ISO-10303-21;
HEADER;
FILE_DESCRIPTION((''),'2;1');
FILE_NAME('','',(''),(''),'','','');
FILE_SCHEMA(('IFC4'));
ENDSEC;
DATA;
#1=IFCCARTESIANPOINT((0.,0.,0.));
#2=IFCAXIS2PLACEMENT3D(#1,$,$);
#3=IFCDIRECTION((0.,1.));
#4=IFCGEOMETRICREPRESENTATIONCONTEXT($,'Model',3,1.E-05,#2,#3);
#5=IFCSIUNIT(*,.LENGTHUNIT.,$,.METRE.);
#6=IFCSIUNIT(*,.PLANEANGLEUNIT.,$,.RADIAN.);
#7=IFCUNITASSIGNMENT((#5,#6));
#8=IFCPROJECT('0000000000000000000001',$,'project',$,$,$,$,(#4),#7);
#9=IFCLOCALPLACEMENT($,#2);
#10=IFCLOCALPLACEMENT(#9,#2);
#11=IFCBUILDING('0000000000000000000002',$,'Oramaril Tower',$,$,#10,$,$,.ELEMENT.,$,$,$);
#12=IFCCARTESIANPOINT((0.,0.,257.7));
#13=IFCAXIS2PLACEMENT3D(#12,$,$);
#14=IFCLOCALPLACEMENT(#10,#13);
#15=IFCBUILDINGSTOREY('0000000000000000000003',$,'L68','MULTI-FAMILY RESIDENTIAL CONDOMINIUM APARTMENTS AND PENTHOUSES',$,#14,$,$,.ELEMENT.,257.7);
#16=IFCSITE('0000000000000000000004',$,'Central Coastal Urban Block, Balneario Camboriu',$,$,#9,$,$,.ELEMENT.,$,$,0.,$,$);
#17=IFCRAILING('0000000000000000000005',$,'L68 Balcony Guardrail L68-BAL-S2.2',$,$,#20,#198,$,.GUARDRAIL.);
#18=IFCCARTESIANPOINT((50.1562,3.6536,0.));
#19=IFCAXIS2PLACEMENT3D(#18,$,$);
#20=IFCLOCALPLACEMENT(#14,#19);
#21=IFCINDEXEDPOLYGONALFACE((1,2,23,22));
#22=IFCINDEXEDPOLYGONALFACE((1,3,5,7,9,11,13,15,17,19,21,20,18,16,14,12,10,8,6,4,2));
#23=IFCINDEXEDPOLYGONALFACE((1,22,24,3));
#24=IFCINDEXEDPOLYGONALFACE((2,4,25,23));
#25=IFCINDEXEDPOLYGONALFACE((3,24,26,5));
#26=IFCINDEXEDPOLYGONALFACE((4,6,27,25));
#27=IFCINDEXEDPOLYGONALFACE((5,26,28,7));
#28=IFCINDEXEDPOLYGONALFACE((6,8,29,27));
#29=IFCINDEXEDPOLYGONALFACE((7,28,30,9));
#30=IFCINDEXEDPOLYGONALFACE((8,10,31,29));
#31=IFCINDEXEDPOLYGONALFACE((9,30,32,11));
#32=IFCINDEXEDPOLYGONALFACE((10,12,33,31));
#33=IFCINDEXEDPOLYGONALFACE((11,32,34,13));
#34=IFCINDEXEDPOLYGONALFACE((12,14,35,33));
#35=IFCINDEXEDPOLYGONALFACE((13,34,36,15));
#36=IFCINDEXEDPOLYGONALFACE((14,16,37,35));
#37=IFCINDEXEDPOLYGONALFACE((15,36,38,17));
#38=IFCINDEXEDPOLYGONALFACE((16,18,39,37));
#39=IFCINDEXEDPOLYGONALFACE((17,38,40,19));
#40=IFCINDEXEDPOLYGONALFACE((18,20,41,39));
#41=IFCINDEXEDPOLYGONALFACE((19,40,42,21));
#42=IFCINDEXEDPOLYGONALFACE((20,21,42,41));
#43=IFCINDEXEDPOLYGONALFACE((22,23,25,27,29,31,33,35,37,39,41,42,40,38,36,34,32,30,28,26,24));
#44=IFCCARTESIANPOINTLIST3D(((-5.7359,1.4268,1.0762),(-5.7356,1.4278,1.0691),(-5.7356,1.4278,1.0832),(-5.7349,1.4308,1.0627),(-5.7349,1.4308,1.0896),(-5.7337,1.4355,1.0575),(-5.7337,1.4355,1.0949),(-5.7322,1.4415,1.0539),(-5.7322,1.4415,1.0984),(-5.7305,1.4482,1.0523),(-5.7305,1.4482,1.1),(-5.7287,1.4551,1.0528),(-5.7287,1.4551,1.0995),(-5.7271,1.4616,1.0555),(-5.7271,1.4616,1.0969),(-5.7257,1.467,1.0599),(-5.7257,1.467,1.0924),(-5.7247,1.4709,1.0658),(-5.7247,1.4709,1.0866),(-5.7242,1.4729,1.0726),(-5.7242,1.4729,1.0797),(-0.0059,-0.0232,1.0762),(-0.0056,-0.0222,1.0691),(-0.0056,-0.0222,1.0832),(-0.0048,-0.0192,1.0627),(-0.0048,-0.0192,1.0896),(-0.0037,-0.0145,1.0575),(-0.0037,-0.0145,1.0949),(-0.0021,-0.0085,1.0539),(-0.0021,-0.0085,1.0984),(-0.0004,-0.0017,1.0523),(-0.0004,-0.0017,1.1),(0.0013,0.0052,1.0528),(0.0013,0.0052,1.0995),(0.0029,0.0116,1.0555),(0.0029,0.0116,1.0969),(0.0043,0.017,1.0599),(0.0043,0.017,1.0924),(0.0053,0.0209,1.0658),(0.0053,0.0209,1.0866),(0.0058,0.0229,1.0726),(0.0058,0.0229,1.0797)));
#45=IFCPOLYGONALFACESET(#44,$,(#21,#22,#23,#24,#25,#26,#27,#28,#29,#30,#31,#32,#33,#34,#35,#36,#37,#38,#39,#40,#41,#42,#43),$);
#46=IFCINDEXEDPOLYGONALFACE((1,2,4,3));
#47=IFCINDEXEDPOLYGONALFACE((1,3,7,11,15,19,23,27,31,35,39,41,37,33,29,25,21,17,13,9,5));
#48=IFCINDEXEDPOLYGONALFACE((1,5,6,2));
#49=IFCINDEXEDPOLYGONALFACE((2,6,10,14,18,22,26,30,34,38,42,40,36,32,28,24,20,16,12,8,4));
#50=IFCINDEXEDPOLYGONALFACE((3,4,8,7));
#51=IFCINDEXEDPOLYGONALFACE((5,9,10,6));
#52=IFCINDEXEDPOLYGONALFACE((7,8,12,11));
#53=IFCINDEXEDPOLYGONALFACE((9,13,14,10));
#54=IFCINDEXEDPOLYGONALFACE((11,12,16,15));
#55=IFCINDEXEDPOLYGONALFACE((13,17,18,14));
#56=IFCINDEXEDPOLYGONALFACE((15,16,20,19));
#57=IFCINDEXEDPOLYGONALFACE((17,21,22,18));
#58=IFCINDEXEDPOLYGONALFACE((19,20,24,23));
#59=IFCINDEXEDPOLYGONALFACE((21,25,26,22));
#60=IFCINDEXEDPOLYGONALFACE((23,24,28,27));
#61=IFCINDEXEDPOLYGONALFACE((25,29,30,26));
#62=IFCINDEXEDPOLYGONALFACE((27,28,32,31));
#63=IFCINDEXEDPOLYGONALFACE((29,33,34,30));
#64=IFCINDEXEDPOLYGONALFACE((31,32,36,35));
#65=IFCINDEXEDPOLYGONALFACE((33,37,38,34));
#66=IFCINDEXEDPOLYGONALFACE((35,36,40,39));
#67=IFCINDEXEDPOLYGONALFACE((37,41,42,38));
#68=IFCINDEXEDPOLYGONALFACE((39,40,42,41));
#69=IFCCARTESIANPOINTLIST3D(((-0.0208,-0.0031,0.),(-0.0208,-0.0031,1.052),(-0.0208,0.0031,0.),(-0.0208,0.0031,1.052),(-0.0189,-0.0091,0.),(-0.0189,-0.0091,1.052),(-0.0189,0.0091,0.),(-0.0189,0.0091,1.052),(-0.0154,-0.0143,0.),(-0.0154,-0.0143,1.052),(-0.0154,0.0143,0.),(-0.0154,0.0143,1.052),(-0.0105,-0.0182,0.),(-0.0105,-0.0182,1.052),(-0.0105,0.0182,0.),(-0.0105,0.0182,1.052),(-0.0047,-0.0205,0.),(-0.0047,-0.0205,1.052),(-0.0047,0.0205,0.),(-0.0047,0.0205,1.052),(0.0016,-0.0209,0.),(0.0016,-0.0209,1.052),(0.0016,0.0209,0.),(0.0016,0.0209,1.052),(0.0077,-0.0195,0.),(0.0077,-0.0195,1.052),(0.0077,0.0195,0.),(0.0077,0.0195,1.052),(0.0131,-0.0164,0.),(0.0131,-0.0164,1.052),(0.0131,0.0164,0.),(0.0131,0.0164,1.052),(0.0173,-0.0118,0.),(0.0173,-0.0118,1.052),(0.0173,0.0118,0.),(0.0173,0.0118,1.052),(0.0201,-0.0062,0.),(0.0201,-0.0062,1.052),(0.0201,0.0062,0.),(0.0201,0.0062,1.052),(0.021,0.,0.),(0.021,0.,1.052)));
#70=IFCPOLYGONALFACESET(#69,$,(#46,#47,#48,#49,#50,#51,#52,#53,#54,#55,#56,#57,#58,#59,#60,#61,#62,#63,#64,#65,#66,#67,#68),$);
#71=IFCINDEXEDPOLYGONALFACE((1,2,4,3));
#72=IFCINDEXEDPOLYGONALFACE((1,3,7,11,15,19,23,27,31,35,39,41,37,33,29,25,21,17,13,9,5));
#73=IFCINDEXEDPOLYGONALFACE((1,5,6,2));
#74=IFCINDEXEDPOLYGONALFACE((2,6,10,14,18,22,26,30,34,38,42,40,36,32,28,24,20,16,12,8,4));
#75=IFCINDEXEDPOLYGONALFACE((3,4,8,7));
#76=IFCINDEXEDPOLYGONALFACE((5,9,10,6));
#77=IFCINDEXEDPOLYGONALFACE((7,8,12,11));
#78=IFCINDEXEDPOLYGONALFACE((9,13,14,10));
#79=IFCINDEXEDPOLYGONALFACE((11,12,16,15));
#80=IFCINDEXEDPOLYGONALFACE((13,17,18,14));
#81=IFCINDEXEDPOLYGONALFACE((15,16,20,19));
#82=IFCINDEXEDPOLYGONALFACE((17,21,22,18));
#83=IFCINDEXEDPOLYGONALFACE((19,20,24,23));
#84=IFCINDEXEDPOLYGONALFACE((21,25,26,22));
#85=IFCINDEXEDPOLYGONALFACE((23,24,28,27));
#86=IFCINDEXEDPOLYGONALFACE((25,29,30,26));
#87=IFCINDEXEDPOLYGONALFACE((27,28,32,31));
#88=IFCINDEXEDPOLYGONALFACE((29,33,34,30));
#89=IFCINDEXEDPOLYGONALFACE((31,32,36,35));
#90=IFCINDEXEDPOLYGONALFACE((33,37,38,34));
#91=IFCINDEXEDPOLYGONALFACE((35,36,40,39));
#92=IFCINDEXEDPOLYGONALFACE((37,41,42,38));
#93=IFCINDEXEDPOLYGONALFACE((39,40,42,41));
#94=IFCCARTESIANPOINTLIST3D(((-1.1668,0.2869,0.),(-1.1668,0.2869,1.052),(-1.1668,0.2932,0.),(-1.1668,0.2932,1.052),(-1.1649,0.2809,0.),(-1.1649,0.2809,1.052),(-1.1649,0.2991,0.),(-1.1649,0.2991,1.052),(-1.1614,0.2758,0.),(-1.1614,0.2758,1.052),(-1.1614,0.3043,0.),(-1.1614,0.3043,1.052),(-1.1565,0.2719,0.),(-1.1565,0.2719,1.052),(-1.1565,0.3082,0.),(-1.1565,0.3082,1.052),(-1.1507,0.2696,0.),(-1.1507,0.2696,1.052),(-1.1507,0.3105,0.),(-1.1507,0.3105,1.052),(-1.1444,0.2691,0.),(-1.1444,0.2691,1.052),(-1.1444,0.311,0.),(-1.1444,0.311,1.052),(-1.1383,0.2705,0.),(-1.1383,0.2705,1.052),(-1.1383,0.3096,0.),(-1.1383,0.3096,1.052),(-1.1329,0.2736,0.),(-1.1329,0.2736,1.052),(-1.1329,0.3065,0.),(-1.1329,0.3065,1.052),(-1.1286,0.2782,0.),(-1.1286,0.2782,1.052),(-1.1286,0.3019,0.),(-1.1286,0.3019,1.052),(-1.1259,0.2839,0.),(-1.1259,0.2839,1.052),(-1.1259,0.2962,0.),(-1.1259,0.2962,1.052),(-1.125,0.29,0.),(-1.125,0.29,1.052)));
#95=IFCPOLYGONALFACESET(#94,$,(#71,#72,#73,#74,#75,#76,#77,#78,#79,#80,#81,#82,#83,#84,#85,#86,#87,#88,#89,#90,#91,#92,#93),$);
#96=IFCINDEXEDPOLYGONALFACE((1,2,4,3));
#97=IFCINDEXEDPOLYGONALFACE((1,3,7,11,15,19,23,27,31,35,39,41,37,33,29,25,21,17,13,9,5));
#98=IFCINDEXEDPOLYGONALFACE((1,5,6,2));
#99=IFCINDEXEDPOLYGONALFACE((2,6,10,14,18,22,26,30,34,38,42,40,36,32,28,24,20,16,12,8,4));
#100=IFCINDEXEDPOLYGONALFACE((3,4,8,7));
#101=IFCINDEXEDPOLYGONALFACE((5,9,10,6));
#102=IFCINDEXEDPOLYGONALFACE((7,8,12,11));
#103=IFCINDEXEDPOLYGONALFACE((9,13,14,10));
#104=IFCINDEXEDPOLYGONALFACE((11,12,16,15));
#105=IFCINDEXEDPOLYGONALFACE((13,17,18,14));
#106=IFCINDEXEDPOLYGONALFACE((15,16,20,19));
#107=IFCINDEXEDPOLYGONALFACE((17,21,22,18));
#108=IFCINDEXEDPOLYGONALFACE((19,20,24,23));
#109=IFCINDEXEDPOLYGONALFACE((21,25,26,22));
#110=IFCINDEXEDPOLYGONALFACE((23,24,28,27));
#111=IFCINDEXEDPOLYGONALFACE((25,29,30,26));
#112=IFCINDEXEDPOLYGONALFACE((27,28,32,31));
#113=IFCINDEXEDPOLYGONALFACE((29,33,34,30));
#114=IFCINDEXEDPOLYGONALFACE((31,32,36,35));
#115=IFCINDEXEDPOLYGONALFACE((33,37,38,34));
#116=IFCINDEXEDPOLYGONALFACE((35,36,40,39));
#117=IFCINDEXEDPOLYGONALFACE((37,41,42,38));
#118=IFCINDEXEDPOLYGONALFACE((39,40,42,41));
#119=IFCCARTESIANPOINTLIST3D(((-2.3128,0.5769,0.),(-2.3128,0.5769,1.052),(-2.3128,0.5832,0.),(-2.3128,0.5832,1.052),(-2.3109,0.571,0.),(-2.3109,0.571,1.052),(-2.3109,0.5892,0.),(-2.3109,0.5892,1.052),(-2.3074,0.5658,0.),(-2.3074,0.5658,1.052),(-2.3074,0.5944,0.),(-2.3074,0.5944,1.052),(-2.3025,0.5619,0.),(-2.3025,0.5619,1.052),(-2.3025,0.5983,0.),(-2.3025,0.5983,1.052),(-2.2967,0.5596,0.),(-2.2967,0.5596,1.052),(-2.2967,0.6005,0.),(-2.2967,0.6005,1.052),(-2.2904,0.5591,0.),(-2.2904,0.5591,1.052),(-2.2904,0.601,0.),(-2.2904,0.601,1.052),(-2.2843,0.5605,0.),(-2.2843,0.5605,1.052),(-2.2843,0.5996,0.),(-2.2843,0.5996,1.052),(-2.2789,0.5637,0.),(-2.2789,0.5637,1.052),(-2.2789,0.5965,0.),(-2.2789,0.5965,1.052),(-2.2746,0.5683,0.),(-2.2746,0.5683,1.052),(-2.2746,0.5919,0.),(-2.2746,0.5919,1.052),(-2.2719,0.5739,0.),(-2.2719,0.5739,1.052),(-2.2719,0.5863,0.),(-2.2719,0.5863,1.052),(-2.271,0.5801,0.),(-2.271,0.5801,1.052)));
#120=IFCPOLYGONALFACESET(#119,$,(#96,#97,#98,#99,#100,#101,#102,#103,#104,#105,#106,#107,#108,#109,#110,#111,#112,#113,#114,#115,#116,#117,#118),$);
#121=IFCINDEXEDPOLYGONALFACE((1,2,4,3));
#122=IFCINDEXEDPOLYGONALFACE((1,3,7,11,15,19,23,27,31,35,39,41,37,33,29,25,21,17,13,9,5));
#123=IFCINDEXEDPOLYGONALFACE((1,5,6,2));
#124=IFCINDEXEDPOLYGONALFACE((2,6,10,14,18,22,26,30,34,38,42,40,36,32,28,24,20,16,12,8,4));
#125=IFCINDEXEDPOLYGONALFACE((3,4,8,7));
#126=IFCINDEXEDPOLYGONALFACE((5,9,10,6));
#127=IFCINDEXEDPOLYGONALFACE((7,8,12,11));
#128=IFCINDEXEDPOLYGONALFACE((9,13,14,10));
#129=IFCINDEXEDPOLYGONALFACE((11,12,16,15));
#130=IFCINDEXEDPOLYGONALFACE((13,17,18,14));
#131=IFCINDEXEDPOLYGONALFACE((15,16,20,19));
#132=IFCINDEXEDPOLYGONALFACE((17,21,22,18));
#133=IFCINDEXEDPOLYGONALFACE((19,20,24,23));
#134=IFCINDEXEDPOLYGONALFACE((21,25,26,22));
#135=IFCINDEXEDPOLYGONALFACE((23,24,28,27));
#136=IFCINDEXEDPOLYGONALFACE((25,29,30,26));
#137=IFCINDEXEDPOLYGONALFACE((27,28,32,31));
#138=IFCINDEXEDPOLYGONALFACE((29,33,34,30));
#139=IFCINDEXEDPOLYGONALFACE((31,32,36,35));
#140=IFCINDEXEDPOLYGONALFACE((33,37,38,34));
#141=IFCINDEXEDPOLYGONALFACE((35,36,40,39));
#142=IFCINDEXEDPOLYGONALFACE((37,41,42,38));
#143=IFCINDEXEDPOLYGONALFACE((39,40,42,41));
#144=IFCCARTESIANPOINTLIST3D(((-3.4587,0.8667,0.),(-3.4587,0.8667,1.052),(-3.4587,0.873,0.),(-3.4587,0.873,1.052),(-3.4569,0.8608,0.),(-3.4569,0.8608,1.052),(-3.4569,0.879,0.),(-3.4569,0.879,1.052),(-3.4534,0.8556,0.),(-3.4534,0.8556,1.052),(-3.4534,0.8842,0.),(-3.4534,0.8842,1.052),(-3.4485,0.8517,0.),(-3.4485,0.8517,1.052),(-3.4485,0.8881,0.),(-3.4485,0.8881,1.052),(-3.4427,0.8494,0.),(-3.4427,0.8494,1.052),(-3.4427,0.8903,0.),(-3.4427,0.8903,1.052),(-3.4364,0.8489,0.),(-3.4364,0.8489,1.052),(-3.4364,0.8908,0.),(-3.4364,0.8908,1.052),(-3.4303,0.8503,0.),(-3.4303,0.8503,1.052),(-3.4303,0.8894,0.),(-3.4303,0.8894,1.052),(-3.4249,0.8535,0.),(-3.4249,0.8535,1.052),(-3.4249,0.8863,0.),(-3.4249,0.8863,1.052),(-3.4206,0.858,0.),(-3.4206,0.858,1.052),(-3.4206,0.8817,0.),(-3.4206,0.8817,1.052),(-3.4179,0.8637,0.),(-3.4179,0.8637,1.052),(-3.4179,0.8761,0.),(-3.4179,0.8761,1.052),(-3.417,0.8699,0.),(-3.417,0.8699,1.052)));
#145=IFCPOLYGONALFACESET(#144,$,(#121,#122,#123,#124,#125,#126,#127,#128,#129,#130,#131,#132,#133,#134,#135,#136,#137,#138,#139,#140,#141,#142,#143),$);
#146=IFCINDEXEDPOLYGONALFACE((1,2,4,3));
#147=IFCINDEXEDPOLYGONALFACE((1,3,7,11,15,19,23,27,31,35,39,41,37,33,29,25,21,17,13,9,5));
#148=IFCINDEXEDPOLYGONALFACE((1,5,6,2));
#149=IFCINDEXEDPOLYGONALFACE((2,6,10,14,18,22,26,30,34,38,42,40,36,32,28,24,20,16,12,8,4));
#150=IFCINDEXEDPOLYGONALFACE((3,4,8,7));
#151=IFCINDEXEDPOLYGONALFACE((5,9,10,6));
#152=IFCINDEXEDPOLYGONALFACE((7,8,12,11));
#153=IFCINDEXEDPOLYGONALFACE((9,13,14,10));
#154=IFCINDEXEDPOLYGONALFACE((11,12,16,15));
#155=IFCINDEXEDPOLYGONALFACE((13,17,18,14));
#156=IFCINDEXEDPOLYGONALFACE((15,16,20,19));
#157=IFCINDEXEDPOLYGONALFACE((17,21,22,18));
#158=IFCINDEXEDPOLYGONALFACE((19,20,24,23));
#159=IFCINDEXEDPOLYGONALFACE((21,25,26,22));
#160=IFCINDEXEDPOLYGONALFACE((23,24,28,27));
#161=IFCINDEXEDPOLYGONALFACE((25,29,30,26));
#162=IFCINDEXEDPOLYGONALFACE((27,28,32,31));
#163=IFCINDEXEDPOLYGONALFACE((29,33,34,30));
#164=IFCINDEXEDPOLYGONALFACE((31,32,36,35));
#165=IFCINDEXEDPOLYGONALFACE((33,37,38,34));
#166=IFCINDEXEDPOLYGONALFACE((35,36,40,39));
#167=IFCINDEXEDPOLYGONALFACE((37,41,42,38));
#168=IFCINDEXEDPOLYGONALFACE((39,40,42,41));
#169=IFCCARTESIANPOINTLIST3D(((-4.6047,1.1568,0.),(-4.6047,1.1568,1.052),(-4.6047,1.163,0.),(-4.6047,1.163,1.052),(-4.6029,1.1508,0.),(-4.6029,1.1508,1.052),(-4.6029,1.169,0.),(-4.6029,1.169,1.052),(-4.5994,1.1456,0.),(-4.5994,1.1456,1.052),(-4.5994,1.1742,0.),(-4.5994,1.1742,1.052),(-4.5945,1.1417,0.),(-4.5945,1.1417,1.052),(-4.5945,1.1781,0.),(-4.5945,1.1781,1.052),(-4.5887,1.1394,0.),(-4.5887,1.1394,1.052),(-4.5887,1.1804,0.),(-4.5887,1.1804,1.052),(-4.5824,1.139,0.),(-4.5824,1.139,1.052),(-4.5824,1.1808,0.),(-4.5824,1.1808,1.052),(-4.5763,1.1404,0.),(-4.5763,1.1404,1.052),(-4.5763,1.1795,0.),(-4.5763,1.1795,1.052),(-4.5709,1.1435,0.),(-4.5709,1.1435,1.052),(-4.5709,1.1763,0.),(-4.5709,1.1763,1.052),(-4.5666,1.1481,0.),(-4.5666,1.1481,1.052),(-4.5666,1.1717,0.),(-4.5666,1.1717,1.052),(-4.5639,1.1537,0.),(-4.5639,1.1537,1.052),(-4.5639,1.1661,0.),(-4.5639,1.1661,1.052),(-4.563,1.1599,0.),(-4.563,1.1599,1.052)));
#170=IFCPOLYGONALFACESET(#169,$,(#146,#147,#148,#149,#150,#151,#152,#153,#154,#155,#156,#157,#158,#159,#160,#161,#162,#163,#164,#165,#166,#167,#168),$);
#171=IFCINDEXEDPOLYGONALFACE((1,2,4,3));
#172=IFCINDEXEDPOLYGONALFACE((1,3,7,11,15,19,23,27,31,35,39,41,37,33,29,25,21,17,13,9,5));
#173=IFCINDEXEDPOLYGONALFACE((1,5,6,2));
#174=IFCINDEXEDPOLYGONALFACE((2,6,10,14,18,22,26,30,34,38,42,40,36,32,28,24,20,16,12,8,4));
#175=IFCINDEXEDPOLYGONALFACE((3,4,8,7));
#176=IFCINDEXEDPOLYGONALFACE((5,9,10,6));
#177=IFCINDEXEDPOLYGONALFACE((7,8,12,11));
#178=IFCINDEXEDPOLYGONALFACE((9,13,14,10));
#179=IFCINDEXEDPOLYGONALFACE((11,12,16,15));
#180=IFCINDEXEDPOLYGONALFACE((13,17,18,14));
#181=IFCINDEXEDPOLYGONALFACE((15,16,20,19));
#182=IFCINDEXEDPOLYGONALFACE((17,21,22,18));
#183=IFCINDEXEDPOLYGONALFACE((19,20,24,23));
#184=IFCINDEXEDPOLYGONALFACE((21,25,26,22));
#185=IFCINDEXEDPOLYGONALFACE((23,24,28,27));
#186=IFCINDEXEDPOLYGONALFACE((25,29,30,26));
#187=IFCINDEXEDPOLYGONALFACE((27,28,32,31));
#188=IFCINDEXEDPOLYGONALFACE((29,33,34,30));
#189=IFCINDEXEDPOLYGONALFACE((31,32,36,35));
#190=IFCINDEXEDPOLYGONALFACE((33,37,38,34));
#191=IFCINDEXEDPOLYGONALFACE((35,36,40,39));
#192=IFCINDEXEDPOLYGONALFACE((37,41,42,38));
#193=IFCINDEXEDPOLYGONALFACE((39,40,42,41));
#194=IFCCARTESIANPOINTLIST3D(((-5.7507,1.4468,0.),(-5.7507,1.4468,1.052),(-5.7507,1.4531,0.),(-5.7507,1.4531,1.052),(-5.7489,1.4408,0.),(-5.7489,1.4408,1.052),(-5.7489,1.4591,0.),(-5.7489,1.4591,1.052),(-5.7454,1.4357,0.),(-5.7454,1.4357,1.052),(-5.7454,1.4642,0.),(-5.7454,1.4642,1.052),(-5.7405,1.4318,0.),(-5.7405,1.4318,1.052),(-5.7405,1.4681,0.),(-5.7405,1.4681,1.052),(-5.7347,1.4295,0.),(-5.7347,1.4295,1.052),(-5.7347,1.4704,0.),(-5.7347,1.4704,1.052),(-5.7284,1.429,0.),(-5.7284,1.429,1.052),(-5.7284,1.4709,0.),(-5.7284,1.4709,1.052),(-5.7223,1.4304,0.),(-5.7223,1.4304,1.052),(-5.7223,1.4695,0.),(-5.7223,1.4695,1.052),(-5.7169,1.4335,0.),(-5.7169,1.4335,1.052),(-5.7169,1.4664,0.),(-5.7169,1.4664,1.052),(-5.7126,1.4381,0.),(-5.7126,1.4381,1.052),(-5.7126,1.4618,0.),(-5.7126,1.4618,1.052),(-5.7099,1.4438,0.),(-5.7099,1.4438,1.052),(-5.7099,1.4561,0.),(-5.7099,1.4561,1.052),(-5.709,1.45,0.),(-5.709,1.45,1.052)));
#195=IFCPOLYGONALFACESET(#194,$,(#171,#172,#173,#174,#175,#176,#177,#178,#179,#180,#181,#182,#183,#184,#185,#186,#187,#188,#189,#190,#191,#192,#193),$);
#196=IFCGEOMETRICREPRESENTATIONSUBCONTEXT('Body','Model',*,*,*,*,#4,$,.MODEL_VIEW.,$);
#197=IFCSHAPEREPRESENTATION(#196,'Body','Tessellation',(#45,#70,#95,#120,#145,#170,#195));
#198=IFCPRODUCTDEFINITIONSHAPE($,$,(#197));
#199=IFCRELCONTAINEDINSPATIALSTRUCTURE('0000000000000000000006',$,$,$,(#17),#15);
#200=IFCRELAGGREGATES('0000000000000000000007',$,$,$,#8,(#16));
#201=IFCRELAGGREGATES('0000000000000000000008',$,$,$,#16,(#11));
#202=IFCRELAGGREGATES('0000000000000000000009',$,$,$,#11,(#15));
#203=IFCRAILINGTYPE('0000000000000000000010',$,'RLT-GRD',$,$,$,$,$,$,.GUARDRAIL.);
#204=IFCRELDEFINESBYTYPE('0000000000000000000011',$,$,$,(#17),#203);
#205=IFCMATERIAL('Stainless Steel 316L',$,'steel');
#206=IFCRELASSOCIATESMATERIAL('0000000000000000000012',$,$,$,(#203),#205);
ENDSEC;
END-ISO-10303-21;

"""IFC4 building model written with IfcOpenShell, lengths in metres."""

from ifc_helpers import new_model, si_unit, direction, frame, origin, origin_2d, place, context, subcontext, project, spatial, circle, extrude, material, type_object, element, save


model = new_model("IFC4")

# Units and contexts
model_context = context("Model", 3, precision=1e-05, world=origin(), true_north=direction((0.0, 1.0)))
body_context = subcontext(model_context, "Body", "Model", "MODEL_VIEW")
ifc_project = project(units=[si_unit("LENGTHUNIT", "METRE"), si_unit("PLANEANGLEUNIT", "RADIAN")], contexts=[model_context])

# Site, building, storey
site_placement = place(None, origin())
site = spatial("IfcSite", under=ifc_project, at=site_placement, Name="Central Coastal Urban Block, Balneario Camboriu", CompositionType="ELEMENT", RefElevation=0.0)
building_placement = place(site_placement, origin())
building = spatial("IfcBuilding", under=site, at=building_placement, Name="Oramaril Tower", CompositionType="ELEMENT")
storey_placement = place(building_placement, frame((0.0, 0.0, 257.7)))
storey = spatial("IfcBuildingStorey", under=building, at=storey_placement, Name="L68", Description="MULTI-FAMILY RESIDENTIAL CONDOMINIUM APARTMENTS AND PENTHOUSES", CompositionType="ELEMENT", Elevation=257.7)

# Railing
ifc_material_1 = material(Name="Stainless Steel 316L", Category="steel")
railing_type = type_object("IfcRailingType", Name="RLT-GRD", PredefinedType="GUARDRAIL", material=ifc_material_1)
railing_1_placement = place(storey_placement, frame((50.1562, 3.6536, 0.0)))
element("IfcRailing", 1, at=railing_1_placement, inside=storey, type_object=railing_type, Name="L68 Balcony Guardrail L68-BAL-S2.2", PredefinedType="GUARDRAIL", context=body_context, shape_type="SweptSolid", body=[
    extrude(circle(Radius=0.0239, at=origin_2d()), frame((0.0, 0.0, 1.0762), z_axis=(-0.969444, 0.245314, 0.0), x_axis=(-0.245314, -0.969444, 0.0)), (0.0, 0.0, 1.0), 5.9106),
    extrude(circle(Radius=0.021, at=origin_2d()), origin(), (0.0, 0.0, 1.0), 1.052),
    extrude(circle(Radius=0.021, at=origin_2d()), frame((-1.146, 0.29, 0.0)), (0.0, 0.0, 1.0), 1.052),
    extrude(circle(Radius=0.021, at=origin_2d()), frame((-2.292, 0.5801, 0.0)), (0.0, 0.0, 1.0), 1.052),
    extrude(circle(Radius=0.021, at=origin_2d()), frame((-3.438, 0.8699, 0.0)), (0.0, 0.0, 1.0), 1.052),
    extrude(circle(Radius=0.021, at=origin_2d()), frame((-4.584, 1.1599, 0.0)), (0.0, 0.0, 1.0), 1.052),
    extrude(circle(Radius=0.021, at=origin_2d()), frame((-5.73, 1.45, 0.0)), (0.0, 0.0, 1.0), 1.052),
])

save(model, "model.ifc")
